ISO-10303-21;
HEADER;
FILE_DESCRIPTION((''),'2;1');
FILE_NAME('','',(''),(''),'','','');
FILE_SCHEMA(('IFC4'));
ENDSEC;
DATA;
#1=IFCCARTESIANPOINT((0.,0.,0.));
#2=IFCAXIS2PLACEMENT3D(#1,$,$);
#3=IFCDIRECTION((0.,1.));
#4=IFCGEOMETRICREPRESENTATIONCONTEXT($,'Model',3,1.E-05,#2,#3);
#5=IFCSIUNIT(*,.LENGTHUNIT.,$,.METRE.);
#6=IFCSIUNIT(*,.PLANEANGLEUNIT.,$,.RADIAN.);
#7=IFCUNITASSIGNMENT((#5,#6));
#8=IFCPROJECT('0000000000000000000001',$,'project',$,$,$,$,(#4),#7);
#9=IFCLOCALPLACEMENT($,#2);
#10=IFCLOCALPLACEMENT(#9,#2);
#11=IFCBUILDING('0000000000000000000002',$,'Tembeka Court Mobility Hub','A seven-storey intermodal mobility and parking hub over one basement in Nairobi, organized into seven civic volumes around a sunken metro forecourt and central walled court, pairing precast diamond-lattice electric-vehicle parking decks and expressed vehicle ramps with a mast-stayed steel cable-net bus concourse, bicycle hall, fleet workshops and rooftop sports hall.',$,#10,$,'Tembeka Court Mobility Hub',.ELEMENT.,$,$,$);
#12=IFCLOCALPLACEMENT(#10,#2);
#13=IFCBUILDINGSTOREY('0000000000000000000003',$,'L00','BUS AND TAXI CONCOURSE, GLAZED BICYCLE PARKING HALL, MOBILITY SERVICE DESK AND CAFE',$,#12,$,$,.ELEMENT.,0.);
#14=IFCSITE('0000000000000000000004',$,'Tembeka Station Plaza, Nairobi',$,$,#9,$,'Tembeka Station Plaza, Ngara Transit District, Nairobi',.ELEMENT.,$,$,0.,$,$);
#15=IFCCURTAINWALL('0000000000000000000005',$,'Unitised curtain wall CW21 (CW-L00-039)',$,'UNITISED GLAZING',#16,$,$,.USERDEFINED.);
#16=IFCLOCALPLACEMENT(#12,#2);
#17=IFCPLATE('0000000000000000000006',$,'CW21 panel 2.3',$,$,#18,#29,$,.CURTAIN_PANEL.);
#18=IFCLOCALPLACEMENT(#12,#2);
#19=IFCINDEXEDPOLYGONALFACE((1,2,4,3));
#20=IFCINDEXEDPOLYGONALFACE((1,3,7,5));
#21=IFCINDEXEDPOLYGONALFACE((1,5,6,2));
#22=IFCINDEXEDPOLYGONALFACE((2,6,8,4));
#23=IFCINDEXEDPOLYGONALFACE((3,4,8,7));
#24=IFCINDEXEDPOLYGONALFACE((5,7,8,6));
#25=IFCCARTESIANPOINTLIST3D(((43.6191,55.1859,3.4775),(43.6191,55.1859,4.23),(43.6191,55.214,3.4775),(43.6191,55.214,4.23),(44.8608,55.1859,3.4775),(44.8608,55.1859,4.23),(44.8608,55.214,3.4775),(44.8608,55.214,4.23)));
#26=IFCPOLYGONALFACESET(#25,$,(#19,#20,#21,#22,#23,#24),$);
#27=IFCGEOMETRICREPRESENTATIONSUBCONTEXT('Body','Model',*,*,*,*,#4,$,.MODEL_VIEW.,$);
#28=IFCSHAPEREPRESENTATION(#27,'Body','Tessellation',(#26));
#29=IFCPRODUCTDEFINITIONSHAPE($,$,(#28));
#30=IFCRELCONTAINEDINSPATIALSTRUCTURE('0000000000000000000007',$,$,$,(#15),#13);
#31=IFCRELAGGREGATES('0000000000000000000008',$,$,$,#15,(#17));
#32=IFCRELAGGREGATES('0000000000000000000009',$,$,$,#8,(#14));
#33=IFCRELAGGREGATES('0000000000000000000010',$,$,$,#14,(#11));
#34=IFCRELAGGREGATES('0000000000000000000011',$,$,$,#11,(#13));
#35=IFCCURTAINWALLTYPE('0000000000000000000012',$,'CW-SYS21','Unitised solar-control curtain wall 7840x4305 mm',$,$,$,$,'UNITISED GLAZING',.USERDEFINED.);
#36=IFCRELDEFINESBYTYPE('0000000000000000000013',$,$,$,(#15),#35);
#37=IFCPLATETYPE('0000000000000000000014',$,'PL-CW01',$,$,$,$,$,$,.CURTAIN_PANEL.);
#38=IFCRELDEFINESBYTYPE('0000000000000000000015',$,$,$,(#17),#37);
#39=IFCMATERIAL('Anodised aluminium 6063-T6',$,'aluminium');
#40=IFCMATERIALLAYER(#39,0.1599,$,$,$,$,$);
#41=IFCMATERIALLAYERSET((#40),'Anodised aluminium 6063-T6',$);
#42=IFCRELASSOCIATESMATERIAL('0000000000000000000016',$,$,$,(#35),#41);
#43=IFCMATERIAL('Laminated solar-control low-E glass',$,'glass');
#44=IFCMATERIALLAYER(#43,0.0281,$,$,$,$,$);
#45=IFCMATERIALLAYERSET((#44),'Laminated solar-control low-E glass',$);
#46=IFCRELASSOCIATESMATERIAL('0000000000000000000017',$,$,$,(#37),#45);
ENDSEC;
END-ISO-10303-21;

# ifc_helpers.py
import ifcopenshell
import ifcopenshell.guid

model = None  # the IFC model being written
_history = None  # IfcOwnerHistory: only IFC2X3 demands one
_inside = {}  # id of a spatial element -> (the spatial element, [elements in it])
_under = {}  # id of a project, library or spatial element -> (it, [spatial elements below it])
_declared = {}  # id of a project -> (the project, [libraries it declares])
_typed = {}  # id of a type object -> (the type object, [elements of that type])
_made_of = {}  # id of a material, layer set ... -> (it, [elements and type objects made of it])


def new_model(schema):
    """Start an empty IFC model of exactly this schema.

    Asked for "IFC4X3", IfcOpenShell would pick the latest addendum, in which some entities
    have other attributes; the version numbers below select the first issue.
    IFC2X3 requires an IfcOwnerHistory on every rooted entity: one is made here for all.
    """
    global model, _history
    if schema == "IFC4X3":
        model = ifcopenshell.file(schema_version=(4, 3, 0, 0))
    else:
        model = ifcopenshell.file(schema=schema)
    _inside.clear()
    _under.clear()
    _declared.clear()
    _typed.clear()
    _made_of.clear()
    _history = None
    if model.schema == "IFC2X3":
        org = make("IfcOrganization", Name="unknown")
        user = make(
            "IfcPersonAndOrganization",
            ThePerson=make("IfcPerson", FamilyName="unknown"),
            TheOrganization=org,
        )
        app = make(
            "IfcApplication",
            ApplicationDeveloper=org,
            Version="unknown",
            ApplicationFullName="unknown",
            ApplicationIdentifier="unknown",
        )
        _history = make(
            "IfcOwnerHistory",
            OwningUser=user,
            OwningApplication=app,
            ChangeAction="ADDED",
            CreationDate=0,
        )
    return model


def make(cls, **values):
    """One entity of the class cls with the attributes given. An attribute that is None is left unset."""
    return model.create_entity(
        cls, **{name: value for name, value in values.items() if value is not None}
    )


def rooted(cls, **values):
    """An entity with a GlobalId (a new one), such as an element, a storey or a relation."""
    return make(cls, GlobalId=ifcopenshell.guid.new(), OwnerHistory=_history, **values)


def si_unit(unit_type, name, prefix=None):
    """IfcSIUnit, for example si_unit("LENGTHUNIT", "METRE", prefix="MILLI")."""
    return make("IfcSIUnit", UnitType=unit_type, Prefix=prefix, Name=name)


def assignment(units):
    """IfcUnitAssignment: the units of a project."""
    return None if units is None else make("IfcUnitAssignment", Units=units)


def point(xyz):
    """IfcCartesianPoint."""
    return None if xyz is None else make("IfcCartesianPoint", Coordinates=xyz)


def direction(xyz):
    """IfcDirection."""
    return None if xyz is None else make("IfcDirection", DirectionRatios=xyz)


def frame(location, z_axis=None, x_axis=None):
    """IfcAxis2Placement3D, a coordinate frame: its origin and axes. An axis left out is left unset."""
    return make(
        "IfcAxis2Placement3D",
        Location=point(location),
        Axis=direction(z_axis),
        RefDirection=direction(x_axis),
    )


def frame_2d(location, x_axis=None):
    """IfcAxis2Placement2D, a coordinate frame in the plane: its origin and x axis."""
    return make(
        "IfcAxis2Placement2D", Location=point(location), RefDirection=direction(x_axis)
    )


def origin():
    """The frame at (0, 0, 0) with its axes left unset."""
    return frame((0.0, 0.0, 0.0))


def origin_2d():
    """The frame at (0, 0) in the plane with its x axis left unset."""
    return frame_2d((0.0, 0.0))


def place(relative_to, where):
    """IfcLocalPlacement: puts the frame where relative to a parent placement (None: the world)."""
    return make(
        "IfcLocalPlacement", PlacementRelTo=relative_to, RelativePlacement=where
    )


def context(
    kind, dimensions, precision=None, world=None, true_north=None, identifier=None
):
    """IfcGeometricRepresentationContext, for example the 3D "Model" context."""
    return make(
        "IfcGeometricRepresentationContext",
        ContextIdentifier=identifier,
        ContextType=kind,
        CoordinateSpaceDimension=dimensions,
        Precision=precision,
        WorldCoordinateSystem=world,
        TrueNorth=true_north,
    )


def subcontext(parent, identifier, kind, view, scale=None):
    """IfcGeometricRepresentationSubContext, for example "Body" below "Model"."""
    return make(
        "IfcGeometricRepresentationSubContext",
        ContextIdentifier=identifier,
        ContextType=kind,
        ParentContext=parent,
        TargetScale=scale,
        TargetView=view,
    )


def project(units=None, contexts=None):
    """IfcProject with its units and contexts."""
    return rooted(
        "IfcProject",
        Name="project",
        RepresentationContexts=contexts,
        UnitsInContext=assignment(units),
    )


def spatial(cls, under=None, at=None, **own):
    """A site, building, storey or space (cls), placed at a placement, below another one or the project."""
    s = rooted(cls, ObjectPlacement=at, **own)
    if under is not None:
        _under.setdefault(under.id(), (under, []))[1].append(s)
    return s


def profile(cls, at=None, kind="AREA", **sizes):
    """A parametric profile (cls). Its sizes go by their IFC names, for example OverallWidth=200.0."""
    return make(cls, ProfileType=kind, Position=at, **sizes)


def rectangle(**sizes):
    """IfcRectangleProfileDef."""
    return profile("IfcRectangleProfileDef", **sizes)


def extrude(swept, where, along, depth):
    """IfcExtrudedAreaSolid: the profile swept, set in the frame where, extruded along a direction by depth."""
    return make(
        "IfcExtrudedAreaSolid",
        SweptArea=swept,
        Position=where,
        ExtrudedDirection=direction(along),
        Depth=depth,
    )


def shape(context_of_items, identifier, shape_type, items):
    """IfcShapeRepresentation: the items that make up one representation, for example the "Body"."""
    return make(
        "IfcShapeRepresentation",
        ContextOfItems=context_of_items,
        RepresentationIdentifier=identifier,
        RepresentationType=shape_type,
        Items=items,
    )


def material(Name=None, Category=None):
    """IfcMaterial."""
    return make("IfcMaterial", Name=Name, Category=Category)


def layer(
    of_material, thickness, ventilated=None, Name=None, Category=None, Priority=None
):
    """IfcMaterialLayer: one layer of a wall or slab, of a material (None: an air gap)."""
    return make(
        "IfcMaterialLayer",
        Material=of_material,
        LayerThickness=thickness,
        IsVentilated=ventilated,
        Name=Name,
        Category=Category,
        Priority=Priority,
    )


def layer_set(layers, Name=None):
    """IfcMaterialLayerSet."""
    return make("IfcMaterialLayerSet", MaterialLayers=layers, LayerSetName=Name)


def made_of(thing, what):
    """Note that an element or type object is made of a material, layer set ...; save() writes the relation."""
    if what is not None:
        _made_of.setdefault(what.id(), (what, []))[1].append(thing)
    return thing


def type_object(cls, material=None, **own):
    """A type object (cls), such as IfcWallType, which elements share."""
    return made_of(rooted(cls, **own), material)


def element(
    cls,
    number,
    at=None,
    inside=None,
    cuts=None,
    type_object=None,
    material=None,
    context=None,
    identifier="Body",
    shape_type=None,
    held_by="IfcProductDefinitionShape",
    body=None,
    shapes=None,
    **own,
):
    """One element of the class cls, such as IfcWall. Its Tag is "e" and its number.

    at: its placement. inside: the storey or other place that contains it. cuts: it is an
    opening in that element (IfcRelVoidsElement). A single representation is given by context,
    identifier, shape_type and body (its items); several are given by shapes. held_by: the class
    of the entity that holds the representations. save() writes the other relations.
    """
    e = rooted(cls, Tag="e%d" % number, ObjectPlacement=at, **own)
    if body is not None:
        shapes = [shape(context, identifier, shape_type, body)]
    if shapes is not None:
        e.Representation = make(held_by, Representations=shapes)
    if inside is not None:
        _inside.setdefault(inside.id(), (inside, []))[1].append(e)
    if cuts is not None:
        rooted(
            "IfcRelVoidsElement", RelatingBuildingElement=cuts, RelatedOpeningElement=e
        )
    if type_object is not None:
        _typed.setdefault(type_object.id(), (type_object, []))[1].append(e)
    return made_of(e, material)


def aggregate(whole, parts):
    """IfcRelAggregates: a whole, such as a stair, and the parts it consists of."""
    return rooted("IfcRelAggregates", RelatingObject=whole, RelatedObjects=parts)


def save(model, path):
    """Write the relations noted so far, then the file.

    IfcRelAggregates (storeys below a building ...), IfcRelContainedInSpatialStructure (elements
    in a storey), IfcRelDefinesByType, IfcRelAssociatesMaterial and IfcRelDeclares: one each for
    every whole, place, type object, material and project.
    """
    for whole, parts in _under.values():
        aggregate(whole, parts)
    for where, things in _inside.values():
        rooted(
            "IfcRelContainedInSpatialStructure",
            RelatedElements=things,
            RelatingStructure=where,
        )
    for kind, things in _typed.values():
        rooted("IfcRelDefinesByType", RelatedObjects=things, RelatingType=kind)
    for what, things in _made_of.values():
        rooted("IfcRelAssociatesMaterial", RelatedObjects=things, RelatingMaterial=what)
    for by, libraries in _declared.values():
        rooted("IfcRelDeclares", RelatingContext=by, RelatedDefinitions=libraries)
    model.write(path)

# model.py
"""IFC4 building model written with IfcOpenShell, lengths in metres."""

from ifc_helpers import new_model, si_unit, direction, frame, origin, origin_2d, place, context, subcontext, project, spatial, rectangle, extrude, material, layer, layer_set, type_object, element, aggregate, save


model = new_model("IFC4")

# Units and contexts
model_context = context("Model", 3, precision=1e-05, world=origin(), true_north=direction((0.0, 1.0)))
body_context = subcontext(model_context, "Body", "Model", "MODEL_VIEW")
ifc_project = project(units=[si_unit("LENGTHUNIT", "METRE"), si_unit("PLANEANGLEUNIT", "RADIAN")], contexts=[model_context])

# Site, building, storey
site_placement = place(None, origin())
site = spatial("IfcSite", under=ifc_project, at=site_placement, Name="Tembeka Station Plaza, Nairobi", LongName="Tembeka Station Plaza, Ngara Transit District, Nairobi", CompositionType="ELEMENT", RefElevation=0.0)
building_placement = place(site_placement, origin())
building = spatial("IfcBuilding", under=site, at=building_placement, Name="Tembeka Court Mobility Hub", Description="A seven-storey intermodal mobility and parking hub over one basement in Nairobi, organized into seven civic volumes around a sunken metro forecourt and central walled court, pairing precast diamond-lattice electric-vehicle parking decks and expressed vehicle ramps with a mast-stayed steel cable-net bus concourse, bicycle hall, fleet workshops and rooftop sports hall.", LongName="Tembeka Court Mobility Hub", CompositionType="ELEMENT")
storey_placement = place(building_placement, origin())
storey = spatial("IfcBuildingStorey", under=building, at=storey_placement, Name="L00", Description="BUS AND TAXI CONCOURSE, GLAZED BICYCLE PARKING HALL, MOBILITY SERVICE DESK AND CAFE", CompositionType="ELEMENT", Elevation=0.0)

# Curtain wall, plate
ifc_material_1 = material(Name="Anodised aluminium 6063-T6", Category="aluminium")
ifc_layer_1 = layer(ifc_material_1, 0.1599)
ifc_layer_set_1 = layer_set([ifc_layer_1], Name="Anodised aluminium 6063-T6")
curtain_wall_type = type_object("IfcCurtainWallType", Name="CW-SYS21", Description="Unitised solar-control curtain wall 7840x4305 mm", ElementType="UNITISED GLAZING", PredefinedType="USERDEFINED", material=ifc_layer_set_1)
curtain_wall_placement = place(storey_placement, origin())
curtain_wall = element("IfcCurtainWall", 1, at=curtain_wall_placement, inside=storey, type_object=curtain_wall_type, Name="Unitised curtain wall CW21 (CW-L00-039)", ObjectType="UNITISED GLAZING", PredefinedType="USERDEFINED")
ifc_material_2 = material(Name="Laminated solar-control low-E glass", Category="glass")
ifc_layer_2 = layer(ifc_material_2, 0.0281)
ifc_layer_set_2 = layer_set([ifc_layer_2], Name="Laminated solar-control low-E glass")
plate_type = type_object("IfcPlateType", Name="PL-CW01", PredefinedType="CURTAIN_PANEL", material=ifc_layer_set_2)
plate_1_placement = place(storey_placement, frame((44.24, 55.2, 3.4775), z_axis=(0.0, 0.0, 1.0), x_axis=(1.0, 0.0, 0.0)))
plate_1 = element("IfcPlate", 2, at=plate_1_placement, type_object=plate_type, Name="CW21 panel 2.3", PredefinedType="CURTAIN_PANEL", context=body_context, shape_type="SweptSolid", body=[
    extrude(rectangle(XDim=1.2417, YDim=0.0281, at=origin_2d()), origin(), (0.0, 0.0, 1.0), 0.7524),
])
aggregate(curtain_wall, [plate_1])

save(model, "model.ifc")
